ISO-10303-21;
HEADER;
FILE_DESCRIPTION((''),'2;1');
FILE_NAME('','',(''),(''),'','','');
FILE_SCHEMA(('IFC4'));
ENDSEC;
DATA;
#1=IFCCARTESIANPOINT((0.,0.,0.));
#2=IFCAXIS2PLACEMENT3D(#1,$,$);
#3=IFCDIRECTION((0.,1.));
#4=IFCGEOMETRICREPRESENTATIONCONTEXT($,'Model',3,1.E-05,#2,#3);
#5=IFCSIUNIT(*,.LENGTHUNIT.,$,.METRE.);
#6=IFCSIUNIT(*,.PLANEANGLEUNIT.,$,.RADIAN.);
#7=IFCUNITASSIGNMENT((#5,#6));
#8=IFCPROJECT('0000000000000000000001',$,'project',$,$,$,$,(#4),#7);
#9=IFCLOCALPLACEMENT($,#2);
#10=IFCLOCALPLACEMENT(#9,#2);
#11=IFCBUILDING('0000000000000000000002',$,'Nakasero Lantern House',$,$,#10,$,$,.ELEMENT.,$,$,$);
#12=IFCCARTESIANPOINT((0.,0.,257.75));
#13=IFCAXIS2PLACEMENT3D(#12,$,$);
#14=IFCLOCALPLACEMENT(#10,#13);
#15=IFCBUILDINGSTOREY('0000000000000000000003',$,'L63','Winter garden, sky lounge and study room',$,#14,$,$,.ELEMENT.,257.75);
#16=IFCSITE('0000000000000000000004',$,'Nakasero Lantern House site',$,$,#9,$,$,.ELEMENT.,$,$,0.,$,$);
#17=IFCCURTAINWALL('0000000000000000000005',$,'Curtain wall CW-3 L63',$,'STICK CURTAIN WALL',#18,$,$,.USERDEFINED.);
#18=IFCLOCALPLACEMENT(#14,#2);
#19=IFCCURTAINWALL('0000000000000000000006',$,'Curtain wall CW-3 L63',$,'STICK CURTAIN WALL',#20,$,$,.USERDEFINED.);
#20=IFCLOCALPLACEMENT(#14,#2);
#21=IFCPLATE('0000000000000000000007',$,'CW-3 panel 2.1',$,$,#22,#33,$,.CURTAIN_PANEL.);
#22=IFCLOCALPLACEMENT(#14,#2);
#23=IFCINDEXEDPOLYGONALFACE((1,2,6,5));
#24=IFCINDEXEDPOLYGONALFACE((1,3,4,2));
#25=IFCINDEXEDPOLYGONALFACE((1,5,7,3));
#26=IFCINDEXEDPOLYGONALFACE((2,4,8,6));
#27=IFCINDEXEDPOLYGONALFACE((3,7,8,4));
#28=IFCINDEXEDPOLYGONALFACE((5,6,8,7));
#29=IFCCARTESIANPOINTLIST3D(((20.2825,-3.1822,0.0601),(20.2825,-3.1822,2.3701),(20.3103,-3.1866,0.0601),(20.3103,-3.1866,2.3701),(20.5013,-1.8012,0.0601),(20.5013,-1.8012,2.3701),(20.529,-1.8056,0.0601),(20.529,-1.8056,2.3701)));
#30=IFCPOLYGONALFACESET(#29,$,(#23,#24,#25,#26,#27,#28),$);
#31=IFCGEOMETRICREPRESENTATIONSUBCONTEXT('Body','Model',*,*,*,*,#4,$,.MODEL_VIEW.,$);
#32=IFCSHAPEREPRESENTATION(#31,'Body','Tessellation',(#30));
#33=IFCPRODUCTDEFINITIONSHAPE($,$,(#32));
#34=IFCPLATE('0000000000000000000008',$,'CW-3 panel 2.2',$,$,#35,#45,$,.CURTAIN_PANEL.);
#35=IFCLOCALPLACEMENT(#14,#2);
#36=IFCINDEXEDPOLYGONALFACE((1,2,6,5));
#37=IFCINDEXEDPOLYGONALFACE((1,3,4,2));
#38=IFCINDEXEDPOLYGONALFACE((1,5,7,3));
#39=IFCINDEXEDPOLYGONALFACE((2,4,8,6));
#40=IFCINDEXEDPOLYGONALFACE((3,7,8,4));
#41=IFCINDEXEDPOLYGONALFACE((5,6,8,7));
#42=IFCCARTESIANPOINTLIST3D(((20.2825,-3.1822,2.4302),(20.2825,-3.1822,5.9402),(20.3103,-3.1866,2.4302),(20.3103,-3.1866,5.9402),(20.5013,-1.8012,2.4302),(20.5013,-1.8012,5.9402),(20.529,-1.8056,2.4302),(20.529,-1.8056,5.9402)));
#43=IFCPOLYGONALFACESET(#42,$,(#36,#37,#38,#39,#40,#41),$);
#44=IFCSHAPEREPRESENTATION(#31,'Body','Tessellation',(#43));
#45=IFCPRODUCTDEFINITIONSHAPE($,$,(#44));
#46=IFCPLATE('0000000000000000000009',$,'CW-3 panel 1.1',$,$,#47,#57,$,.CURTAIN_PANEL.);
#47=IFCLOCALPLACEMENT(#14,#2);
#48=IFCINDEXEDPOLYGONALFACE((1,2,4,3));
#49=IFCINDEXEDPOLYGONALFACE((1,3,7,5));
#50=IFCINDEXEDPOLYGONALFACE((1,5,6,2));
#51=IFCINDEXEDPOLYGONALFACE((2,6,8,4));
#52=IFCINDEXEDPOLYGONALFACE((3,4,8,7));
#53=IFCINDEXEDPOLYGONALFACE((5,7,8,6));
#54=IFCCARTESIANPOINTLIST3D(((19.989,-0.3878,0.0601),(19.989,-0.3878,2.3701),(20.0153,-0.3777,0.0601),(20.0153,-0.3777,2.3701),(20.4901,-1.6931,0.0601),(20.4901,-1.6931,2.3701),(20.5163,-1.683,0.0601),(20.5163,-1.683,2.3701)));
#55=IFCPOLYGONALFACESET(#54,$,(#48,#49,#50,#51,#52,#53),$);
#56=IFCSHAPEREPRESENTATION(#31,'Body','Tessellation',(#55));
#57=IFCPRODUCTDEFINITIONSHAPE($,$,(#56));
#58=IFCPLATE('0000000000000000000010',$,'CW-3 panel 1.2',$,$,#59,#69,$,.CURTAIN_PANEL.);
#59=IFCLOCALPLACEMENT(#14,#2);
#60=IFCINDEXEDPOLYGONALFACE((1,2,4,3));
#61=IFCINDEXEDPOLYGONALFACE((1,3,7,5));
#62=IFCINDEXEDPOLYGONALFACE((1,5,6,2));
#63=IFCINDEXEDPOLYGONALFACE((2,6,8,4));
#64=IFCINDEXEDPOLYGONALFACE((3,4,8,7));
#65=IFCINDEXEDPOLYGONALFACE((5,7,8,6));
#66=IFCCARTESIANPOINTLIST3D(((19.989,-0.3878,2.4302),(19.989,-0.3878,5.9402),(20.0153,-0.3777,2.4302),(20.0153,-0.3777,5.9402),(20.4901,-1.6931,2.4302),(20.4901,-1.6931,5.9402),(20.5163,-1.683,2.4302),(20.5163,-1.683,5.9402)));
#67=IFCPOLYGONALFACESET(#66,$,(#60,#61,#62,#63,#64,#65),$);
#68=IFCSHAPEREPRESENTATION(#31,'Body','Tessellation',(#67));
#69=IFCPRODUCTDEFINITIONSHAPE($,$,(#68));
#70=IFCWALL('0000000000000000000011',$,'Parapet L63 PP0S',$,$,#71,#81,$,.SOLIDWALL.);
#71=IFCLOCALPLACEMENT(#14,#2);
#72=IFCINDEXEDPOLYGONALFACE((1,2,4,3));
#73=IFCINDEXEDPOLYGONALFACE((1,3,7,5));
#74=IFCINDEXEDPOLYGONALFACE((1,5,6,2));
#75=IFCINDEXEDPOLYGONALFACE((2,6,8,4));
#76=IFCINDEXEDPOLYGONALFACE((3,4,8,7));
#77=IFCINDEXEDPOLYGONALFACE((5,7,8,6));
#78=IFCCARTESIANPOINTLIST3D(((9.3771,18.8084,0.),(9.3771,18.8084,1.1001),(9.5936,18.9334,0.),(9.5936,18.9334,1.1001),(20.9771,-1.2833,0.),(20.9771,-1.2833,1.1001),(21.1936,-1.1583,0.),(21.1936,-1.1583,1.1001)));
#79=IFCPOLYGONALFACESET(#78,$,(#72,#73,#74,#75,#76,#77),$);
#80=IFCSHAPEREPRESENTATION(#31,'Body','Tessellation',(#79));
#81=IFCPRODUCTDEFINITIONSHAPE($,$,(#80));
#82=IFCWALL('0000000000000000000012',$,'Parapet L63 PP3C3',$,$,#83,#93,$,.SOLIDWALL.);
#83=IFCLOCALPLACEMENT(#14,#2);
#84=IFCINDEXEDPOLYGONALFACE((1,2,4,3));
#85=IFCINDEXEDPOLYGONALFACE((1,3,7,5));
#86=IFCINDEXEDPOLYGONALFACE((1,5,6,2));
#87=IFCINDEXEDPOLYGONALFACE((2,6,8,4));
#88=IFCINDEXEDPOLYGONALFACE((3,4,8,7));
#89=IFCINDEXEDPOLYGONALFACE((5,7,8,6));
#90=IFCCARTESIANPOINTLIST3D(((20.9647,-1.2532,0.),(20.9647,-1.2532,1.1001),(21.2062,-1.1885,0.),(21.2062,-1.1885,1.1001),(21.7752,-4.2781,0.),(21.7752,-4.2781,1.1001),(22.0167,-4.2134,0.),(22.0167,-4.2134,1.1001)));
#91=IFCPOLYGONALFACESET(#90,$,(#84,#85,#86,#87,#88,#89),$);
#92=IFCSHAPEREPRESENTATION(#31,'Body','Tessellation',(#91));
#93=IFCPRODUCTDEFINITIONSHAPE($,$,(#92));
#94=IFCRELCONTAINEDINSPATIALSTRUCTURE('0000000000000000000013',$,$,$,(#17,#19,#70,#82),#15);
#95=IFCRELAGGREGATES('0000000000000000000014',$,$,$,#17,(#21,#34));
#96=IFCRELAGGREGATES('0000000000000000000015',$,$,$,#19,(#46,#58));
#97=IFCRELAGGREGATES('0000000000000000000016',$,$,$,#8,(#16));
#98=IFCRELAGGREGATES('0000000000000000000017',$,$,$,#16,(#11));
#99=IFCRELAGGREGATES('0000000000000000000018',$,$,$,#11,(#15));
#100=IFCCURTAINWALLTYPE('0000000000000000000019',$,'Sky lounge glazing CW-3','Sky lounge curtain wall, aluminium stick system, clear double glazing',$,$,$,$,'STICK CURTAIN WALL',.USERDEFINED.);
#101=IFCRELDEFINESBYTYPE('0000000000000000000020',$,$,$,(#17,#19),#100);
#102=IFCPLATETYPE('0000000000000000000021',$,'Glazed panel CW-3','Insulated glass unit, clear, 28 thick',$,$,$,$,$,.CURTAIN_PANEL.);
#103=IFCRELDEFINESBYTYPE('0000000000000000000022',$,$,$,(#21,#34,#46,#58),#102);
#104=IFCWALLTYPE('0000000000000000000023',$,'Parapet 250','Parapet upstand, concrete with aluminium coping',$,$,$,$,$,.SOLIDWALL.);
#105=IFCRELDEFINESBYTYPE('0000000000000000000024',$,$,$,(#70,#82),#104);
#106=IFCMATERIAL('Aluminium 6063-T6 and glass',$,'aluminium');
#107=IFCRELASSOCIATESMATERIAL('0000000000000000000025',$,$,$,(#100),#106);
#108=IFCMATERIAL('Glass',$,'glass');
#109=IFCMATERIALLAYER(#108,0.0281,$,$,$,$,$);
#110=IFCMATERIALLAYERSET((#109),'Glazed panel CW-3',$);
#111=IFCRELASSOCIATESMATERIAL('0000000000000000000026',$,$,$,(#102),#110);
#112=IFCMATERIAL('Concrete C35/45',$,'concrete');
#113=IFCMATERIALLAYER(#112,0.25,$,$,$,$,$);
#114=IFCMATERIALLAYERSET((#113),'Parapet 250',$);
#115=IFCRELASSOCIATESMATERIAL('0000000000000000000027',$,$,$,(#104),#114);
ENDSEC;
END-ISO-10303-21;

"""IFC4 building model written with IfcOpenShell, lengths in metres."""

from ifc_helpers import new_model, si_unit, direction, frame, frame_2d, origin, origin_2d, place, context, subcontext, project, spatial, rectangle, extrude, material, layer, layer_set, type_object, element, aggregate, save


model = new_model("IFC4")

# Units and contexts
model_context = context("Model", 3, precision=1e-05, world=origin(), true_north=direction((0.0, 1.0)))
body_context = subcontext(model_context, "Body", "Model", "MODEL_VIEW")
ifc_project = project(units=[si_unit("LENGTHUNIT", "METRE"), si_unit("PLANEANGLEUNIT", "RADIAN")], contexts=[model_context])

# Site, building, storey
site_placement = place(None, origin())
site = spatial("IfcSite", under=ifc_project, at=site_placement, Name="Nakasero Lantern House site", CompositionType="ELEMENT", RefElevation=0.0)
building_placement = place(site_placement, origin())
building = spatial("IfcBuilding", under=site, at=building_placement, Name="Nakasero Lantern House", CompositionType="ELEMENT")
storey_placement = place(building_placement, frame((0.0, 0.0, 257.75)))
storey = spatial("IfcBuildingStorey", under=building, at=storey_placement, Name="L63", Description="Winter garden, sky lounge and study room", CompositionType="ELEMENT", Elevation=257.75)

# Curtain wall
ifc_material_1 = material(Name="Aluminium 6063-T6 and glass", Category="aluminium")
curtain_wall_type = type_object("IfcCurtainWallType", Name="Sky lounge glazing CW-3", Description="Sky lounge curtain wall, aluminium stick system, clear double glazing", ElementType="STICK CURTAIN WALL", PredefinedType="USERDEFINED", material=ifc_material_1)
curtain_wall_1_placement = place(storey_placement, origin())
curtain_wall_1 = element("IfcCurtainWall", 1, at=curtain_wall_1_placement, inside=storey, type_object=curtain_wall_type, Name="Curtain wall CW-3 L63", ObjectType="STICK CURTAIN WALL", PredefinedType="USERDEFINED")

# Curtain wall
curtain_wall_2_placement = place(storey_placement, origin())
curtain_wall_2 = element("IfcCurtainWall", 2, at=curtain_wall_2_placement, inside=storey, type_object=curtain_wall_type, Name="Curtain wall CW-3 L63", ObjectType="STICK CURTAIN WALL", PredefinedType="USERDEFINED")

# Plates
ifc_material_2 = material(Name="Glass", Category="glass")
ifc_layer_1 = layer(ifc_material_2, 0.0281)
ifc_layer_set_1 = layer_set([ifc_layer_1], Name="Glazed panel CW-3")
plate_type = type_object("IfcPlateType", Name="Glazed panel CW-3", Description="Insulated glass unit, clear, 28 thick", PredefinedType="CURTAIN_PANEL", material=ifc_layer_set_1)
plate_1_placement = place(storey_placement, frame((20.4058, -2.4939, 0.0601), z_axis=(0.0, 0.0, 1.0), x_axis=(0.156434, 0.987688, 0.0)))
plate_1 = element("IfcPlate", 3, at=plate_1_placement, type_object=plate_type, Name="CW-3 panel 2.1", PredefinedType="CURTAIN_PANEL", context=body_context, shape_type="SweptSolid", body=[
    extrude(rectangle(XDim=1.3982, YDim=0.0281, at=origin_2d()), origin(), (0.0, 0.0, 1.0), 2.3101),
])
plate_2_placement = place(storey_placement, frame((20.4058, -2.4939, 2.4302), z_axis=(0.0, 0.0, 1.0), x_axis=(0.156434, 0.987688, 0.0)))
plate_2 = element("IfcPlate", 4, at=plate_2_placement, type_object=plate_type, Name="CW-3 panel 2.2", PredefinedType="CURTAIN_PANEL", context=body_context, shape_type="SweptSolid", body=[
    extrude(rectangle(XDim=1.3982, YDim=0.0281, at=origin_2d()), origin(), (0.0, 0.0, 1.0), 3.51),
])
aggregate(curtain_wall_1, [plate_1, plate_2])
plate_3_placement = place(storey_placement, frame((20.2527, -1.0354, 0.0601), z_axis=(0.0, 0.0, 1.0), x_axis=(-0.358368, 0.93358, 0.0)))
plate_3 = element("IfcPlate", 5, at=plate_3_placement, type_object=plate_type, Name="CW-3 panel 1.1", PredefinedType="CURTAIN_PANEL", context=body_context, shape_type="SweptSolid", body=[
    extrude(rectangle(XDim=1.3982, YDim=0.0281, at=origin_2d()), origin(), (0.0, 0.0, 1.0), 2.3101),
])
plate_4_placement = place(storey_placement, frame((20.2527, -1.0354, 2.4302), z_axis=(0.0, 0.0, 1.0), x_axis=(-0.358368, 0.93358, 0.0)))
plate_4 = element("IfcPlate", 6, at=plate_4_placement, type_object=plate_type, Name="CW-3 panel 1.2", PredefinedType="CURTAIN_PANEL", context=body_context, shape_type="SweptSolid", body=[
    extrude(rectangle(XDim=1.3982, YDim=0.0281, at=origin_2d()), origin(), (0.0, 0.0, 1.0), 3.51),
])
aggregate(curtain_wall_2, [plate_3, plate_4])

# Walls
ifc_material_3 = material(Name="Concrete C35/45", Category="concrete")
ifc_layer_2 = layer(ifc_material_3, 0.25)
ifc_layer_set_2 = layer_set([ifc_layer_2], Name="Parapet 250")
wall_type = type_object("IfcWallType", Name="Parapet 250", Description="Parapet upstand, concrete with aluminium coping", PredefinedType="SOLIDWALL", material=ifc_layer_set_2)
wall_1_placement = place(storey_placement, frame((21.0854, -1.2209, 0.0), z_axis=(0.0, 0.0, 1.0), x_axis=(-0.500003, 0.866024, 0.0)))
element("IfcWall", 7, at=wall_1_placement, inside=storey, type_object=wall_type, Name="Parapet L63 PP0S", PredefinedType="SOLIDWALL", context=body_context, shape_type="SweptSolid", body=[
    extrude(rectangle(XDim=23.2, YDim=0.25, at=frame_2d((11.6001, 0.0))), origin(), (0.0, 0.0, 1.0), 1.1001),
])
wall_2_placement = place(storey_placement, frame((21.896, -4.2458, 0.0), z_axis=(0.0, 0.0, 1.0), x_axis=(-0.258827, 0.965924, 0.0)))
element("IfcWall", 8, at=wall_2_placement, inside=storey, type_object=wall_type, Name="Parapet L63 PP3C3", PredefinedType="SOLIDWALL", context=body_context, shape_type="SweptSolid", body=[
    extrude(rectangle(XDim=3.1316, YDim=0.25, at=frame_2d((1.5659, 0.0))), origin(), (0.0, 0.0, 1.0), 1.1001),
])

save(model, "model.ifc")
